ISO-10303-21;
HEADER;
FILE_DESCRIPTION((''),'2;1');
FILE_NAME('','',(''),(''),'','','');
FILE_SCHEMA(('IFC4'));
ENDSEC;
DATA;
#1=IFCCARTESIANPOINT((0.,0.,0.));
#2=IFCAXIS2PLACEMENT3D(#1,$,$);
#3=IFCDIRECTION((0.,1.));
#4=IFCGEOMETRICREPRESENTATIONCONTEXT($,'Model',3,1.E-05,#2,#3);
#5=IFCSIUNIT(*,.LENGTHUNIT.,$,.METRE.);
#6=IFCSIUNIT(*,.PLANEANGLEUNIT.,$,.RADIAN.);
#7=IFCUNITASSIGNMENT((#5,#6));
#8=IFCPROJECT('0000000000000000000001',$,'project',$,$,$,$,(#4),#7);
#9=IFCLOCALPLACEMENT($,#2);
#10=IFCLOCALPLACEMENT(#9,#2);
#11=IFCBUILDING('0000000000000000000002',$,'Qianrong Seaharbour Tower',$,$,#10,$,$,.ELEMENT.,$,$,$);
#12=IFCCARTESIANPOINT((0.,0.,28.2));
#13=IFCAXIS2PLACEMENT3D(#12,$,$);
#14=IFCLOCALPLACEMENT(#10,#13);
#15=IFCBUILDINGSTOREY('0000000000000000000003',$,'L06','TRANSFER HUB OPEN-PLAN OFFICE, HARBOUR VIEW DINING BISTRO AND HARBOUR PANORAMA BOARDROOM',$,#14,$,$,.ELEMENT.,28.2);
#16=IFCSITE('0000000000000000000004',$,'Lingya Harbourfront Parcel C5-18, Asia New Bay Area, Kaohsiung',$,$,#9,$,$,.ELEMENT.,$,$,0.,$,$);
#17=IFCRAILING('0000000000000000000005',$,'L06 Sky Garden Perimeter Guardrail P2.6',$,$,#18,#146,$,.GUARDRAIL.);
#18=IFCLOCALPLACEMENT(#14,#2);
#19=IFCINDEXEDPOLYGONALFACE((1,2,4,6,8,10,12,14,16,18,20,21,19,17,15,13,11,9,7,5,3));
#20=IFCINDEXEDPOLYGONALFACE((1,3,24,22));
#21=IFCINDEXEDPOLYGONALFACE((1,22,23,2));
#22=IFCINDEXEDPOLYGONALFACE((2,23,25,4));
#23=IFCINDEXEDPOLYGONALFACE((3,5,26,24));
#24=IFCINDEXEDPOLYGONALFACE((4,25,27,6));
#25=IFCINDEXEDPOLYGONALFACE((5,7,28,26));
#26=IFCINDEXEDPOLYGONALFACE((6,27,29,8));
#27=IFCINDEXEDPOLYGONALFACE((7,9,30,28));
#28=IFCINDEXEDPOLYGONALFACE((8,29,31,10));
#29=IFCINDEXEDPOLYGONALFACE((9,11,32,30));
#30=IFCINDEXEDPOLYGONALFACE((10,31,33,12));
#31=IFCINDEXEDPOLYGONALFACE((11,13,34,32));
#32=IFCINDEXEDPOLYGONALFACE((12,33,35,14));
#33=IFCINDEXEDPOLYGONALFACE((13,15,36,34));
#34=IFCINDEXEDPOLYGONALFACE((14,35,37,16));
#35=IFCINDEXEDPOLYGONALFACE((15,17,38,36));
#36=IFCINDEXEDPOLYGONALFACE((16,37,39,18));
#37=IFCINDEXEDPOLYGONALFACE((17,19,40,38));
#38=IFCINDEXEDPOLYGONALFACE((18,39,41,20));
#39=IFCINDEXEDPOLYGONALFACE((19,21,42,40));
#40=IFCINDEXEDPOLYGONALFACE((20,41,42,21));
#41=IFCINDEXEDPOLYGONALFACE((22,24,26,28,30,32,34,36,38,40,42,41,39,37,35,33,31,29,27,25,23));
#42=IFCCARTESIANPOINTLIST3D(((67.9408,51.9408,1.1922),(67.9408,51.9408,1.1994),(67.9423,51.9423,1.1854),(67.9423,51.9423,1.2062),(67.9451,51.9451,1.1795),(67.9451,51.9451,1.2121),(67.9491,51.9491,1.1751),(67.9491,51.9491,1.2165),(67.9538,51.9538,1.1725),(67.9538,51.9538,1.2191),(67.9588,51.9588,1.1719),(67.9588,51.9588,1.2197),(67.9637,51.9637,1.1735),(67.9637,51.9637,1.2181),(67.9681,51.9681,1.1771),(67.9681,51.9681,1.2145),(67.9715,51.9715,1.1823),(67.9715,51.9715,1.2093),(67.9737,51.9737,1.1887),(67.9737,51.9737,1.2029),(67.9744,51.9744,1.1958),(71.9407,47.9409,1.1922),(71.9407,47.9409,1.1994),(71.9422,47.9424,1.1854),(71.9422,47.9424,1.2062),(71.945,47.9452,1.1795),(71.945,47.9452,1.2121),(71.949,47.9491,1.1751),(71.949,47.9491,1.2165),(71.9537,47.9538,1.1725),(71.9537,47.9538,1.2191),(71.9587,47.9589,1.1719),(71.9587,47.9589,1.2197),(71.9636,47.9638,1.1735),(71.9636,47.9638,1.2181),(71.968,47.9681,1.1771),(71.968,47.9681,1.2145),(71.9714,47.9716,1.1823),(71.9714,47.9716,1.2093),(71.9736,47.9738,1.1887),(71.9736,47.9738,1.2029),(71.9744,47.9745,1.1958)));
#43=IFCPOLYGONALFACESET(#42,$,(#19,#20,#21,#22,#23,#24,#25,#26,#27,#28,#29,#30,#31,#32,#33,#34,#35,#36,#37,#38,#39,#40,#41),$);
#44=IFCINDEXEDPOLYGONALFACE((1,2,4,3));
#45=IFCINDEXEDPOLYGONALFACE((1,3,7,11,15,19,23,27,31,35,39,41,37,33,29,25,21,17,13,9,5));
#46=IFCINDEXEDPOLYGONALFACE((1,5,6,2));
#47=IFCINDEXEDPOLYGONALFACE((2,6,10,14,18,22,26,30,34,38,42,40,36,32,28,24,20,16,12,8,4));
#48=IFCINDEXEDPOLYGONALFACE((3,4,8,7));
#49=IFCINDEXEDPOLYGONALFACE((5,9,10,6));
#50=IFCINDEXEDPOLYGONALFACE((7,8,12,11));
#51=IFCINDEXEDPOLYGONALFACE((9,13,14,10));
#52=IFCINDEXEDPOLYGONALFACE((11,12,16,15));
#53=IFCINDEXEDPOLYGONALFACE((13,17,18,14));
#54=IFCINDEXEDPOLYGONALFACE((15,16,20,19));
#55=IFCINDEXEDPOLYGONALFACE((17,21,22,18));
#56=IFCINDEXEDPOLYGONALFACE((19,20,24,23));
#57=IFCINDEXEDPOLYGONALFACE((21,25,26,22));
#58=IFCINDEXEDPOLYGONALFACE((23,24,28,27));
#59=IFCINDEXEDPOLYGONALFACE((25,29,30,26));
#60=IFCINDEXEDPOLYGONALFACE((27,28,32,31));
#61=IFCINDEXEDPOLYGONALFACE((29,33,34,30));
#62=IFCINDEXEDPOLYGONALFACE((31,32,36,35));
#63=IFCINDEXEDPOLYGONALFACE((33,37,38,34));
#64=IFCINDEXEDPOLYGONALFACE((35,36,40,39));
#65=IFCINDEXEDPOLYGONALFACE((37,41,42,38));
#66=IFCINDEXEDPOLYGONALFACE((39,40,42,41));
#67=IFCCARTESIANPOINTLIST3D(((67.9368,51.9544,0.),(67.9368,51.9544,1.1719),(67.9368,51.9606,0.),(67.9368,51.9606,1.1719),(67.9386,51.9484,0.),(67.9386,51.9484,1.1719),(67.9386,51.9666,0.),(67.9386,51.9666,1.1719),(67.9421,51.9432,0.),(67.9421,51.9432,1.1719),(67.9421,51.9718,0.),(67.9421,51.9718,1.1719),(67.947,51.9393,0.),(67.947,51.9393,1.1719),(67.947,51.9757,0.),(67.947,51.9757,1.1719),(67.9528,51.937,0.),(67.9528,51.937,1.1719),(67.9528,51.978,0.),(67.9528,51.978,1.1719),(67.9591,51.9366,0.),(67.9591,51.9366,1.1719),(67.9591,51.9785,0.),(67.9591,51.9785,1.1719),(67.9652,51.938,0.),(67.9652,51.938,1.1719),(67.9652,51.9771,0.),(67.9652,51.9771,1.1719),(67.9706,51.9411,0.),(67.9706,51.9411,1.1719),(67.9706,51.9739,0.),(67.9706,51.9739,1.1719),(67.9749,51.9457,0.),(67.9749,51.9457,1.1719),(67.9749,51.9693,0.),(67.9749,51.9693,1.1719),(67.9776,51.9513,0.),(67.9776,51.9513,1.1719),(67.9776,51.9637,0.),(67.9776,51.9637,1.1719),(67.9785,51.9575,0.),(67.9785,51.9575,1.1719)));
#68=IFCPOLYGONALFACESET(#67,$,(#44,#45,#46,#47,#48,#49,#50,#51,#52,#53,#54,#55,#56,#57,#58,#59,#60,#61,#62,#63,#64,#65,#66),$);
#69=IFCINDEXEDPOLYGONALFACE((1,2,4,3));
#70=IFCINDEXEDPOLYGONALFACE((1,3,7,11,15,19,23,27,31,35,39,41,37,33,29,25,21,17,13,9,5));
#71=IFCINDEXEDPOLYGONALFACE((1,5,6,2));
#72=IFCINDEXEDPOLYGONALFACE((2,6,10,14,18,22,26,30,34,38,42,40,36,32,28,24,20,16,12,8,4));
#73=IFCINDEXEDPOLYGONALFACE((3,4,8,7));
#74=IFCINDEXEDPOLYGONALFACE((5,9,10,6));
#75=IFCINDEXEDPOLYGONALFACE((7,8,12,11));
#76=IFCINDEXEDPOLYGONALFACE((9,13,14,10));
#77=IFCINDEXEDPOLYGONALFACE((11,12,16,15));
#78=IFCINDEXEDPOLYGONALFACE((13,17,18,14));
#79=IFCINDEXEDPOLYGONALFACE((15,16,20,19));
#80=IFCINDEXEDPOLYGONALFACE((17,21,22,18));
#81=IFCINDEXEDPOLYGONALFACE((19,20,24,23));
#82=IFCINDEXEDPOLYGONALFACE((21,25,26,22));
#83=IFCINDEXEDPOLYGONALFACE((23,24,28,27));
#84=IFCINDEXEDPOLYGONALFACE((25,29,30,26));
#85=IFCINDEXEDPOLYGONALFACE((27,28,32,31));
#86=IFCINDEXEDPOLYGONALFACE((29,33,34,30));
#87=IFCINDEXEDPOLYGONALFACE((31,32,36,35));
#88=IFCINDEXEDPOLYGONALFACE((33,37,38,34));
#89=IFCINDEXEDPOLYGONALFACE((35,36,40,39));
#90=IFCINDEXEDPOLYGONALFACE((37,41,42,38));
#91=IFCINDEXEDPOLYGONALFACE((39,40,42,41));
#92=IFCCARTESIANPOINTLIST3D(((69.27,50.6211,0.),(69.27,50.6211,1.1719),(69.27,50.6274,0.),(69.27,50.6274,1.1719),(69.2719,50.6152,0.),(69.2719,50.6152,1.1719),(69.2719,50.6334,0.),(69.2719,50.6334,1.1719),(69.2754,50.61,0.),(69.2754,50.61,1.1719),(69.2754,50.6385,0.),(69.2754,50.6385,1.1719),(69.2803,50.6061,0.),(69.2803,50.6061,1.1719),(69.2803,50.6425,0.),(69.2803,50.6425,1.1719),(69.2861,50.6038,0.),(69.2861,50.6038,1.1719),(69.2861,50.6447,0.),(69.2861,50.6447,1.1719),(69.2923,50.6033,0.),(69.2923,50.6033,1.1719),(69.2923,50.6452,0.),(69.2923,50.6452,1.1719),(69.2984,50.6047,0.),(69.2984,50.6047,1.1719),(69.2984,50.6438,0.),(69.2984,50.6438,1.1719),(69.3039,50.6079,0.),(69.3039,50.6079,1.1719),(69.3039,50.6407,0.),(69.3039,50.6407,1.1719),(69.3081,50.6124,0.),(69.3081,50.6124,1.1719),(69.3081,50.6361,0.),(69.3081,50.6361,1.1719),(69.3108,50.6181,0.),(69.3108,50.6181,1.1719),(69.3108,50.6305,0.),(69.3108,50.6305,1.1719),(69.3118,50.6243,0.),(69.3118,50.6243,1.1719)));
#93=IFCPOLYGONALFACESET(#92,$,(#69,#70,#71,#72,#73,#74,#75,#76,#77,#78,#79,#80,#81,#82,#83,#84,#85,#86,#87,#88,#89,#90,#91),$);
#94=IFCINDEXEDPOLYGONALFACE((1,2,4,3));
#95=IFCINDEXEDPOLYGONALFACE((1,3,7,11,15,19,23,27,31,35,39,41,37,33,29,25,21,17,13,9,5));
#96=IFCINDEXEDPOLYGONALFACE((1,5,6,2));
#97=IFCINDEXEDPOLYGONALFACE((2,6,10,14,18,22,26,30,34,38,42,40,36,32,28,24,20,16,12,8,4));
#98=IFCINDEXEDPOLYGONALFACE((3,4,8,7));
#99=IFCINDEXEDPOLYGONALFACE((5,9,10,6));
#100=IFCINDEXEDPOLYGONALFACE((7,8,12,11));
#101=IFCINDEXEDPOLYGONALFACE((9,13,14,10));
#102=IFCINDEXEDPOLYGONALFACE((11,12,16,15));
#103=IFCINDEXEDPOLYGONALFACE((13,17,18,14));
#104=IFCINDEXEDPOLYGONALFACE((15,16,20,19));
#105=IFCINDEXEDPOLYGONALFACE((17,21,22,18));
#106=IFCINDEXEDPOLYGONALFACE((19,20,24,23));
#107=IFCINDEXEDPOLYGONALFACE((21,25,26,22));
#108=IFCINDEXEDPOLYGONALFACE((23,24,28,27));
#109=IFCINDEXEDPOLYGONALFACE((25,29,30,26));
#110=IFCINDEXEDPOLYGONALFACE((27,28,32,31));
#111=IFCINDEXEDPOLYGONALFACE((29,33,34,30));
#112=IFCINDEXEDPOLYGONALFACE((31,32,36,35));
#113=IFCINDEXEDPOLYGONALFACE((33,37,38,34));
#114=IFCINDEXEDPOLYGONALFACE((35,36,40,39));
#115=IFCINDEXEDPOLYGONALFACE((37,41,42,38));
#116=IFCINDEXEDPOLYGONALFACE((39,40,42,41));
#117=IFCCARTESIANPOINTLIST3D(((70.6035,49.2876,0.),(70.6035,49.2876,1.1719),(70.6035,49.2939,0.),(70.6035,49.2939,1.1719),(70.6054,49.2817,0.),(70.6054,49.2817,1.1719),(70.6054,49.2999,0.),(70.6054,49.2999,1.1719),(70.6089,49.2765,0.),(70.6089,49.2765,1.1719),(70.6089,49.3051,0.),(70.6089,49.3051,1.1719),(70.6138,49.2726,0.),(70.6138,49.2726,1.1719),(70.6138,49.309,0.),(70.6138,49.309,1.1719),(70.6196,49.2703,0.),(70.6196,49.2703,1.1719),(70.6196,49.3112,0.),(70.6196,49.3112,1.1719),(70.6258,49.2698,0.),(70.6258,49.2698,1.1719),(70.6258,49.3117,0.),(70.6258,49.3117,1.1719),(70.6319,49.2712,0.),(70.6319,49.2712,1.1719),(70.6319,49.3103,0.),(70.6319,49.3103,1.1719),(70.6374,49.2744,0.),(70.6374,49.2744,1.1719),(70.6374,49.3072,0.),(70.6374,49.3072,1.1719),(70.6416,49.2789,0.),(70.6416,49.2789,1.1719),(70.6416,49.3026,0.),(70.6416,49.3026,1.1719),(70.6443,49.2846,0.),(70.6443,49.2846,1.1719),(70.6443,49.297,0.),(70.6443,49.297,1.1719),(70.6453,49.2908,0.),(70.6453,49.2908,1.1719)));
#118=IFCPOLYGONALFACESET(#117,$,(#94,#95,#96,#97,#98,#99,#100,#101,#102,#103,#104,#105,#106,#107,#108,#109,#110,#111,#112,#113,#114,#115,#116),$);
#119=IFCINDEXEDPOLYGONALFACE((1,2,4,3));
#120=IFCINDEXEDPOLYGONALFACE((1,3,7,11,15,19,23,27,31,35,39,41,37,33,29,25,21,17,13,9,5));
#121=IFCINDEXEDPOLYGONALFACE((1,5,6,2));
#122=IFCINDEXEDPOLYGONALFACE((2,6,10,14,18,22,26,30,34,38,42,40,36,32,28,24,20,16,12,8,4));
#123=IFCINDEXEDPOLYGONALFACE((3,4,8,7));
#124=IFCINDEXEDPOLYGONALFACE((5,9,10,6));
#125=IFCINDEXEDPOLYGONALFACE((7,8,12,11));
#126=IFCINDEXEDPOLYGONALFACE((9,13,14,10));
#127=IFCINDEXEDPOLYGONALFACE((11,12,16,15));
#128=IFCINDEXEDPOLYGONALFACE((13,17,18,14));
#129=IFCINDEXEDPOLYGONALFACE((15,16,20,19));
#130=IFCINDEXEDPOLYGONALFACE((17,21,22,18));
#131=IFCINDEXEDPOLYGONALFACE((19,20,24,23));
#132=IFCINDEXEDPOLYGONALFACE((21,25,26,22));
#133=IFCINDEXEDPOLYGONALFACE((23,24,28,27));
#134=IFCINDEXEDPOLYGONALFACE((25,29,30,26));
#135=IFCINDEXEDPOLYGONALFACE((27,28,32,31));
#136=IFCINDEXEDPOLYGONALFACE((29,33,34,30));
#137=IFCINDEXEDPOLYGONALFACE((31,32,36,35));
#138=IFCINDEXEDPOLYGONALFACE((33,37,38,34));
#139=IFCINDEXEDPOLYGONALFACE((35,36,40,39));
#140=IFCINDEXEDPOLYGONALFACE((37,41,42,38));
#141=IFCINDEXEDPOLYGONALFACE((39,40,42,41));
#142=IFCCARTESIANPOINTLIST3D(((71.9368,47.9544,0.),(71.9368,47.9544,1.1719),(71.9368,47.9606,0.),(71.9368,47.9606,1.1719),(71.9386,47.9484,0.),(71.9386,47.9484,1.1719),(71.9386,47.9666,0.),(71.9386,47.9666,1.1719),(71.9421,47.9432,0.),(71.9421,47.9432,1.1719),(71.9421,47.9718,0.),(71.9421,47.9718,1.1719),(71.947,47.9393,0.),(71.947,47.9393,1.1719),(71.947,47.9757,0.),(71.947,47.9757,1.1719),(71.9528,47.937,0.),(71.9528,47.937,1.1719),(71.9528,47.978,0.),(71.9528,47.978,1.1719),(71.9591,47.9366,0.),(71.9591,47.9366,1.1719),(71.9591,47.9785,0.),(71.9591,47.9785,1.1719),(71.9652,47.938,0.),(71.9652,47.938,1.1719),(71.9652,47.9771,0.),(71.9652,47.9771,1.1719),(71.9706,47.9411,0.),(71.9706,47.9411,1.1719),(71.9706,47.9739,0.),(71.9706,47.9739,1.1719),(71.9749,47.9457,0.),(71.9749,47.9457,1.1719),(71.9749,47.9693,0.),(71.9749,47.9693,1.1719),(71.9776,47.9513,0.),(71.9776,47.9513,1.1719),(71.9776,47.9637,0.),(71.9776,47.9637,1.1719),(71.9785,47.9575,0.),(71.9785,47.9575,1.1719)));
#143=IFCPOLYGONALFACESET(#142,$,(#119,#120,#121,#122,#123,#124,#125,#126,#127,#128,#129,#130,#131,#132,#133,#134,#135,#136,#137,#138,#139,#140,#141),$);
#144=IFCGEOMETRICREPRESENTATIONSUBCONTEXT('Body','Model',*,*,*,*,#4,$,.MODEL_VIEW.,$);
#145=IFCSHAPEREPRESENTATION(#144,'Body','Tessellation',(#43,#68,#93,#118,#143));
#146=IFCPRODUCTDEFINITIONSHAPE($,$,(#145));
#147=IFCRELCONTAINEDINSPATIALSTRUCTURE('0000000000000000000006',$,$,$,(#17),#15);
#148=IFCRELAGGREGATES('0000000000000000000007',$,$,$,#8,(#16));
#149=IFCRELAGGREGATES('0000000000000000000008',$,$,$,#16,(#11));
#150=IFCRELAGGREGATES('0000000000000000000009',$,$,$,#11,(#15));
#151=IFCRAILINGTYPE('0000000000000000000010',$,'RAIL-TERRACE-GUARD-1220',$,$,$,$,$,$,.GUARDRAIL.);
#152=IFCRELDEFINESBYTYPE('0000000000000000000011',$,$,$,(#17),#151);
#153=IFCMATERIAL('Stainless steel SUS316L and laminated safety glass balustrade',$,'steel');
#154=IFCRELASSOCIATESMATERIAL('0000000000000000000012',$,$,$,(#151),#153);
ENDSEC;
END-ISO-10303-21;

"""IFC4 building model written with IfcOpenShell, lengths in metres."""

from ifc_helpers import new_model, si_unit, direction, frame, origin, origin_2d, place, context, subcontext, project, spatial, circle, extrude, material, type_object, element, save


model = new_model("IFC4")

# Units and contexts
model_context = context("Model", 3, precision=1e-05, world=origin(), true_north=direction((0.0, 1.0)))
body_context = subcontext(model_context, "Body", "Model", "MODEL_VIEW")
ifc_project = project(units=[si_unit("LENGTHUNIT", "METRE"), si_unit("PLANEANGLEUNIT", "RADIAN")], contexts=[model_context])

# Site, building, storey
site_placement = place(None, origin())
site = spatial("IfcSite", under=ifc_project, at=site_placement, Name="Lingya Harbourfront Parcel C5-18, Asia New Bay Area, Kaohsiung", CompositionType="ELEMENT", RefElevation=0.0)
building_placement = place(site_placement, origin())
building = spatial("IfcBuilding", under=site, at=building_placement, Name="Qianrong Seaharbour Tower", CompositionType="ELEMENT")
storey_placement = place(building_placement, frame((0.0, 0.0, 28.2)))
storey = spatial("IfcBuildingStorey", under=building, at=storey_placement, Name="L06", Description="TRANSFER HUB OPEN-PLAN OFFICE, HARBOUR VIEW DINING BISTRO AND HARBOUR PANORAMA BOARDROOM", CompositionType="ELEMENT", Elevation=28.2)

# Railing
ifc_material_1 = material(Name="Stainless steel SUS316L and laminated safety glass balustrade", Category="steel")
railing_type_1 = type_object("IfcRailingType", Name="RAIL-TERRACE-GUARD-1220", PredefinedType="GUARDRAIL", material=ifc_material_1)
railing_1_placement = place(storey_placement, frame((67.9575, 51.9575, 0.0)))
element("IfcRailing", 1, at=railing_1_placement, inside=storey, type_object=railing_type_1, Name="L06 Sky Garden Perimeter Guardrail P2.6", PredefinedType="GUARDRAIL", context=body_context, shape_type="SweptSolid", body=[
    extrude(circle(Radius=0.0239, at=origin_2d()), frame((0.0, 0.0, 1.1958), z_axis=(0.707107, -0.707107, 0.0), x_axis=(0.707107, 0.707107, 0.0)), (0.0, 0.0, 1.0), 5.6567),
    extrude(circle(Radius=0.021, at=origin_2d()), origin(), (0.0, 0.0, 1.0), 1.1719),
    extrude(circle(Radius=0.021, at=origin_2d()), frame((1.3333, -1.3333, 0.0)), (0.0, 0.0, 1.0), 1.1719),
    extrude(circle(Radius=0.021, at=origin_2d()), frame((2.6667, -2.6667, 0.0)), (0.0, 0.0, 1.0), 1.1719),
    extrude(circle(Radius=0.021, at=origin_2d()), frame((4.0, -4.0, 0.0)), (0.0, 0.0, 1.0), 1.1719),
])

save(model, "model.ifc")
